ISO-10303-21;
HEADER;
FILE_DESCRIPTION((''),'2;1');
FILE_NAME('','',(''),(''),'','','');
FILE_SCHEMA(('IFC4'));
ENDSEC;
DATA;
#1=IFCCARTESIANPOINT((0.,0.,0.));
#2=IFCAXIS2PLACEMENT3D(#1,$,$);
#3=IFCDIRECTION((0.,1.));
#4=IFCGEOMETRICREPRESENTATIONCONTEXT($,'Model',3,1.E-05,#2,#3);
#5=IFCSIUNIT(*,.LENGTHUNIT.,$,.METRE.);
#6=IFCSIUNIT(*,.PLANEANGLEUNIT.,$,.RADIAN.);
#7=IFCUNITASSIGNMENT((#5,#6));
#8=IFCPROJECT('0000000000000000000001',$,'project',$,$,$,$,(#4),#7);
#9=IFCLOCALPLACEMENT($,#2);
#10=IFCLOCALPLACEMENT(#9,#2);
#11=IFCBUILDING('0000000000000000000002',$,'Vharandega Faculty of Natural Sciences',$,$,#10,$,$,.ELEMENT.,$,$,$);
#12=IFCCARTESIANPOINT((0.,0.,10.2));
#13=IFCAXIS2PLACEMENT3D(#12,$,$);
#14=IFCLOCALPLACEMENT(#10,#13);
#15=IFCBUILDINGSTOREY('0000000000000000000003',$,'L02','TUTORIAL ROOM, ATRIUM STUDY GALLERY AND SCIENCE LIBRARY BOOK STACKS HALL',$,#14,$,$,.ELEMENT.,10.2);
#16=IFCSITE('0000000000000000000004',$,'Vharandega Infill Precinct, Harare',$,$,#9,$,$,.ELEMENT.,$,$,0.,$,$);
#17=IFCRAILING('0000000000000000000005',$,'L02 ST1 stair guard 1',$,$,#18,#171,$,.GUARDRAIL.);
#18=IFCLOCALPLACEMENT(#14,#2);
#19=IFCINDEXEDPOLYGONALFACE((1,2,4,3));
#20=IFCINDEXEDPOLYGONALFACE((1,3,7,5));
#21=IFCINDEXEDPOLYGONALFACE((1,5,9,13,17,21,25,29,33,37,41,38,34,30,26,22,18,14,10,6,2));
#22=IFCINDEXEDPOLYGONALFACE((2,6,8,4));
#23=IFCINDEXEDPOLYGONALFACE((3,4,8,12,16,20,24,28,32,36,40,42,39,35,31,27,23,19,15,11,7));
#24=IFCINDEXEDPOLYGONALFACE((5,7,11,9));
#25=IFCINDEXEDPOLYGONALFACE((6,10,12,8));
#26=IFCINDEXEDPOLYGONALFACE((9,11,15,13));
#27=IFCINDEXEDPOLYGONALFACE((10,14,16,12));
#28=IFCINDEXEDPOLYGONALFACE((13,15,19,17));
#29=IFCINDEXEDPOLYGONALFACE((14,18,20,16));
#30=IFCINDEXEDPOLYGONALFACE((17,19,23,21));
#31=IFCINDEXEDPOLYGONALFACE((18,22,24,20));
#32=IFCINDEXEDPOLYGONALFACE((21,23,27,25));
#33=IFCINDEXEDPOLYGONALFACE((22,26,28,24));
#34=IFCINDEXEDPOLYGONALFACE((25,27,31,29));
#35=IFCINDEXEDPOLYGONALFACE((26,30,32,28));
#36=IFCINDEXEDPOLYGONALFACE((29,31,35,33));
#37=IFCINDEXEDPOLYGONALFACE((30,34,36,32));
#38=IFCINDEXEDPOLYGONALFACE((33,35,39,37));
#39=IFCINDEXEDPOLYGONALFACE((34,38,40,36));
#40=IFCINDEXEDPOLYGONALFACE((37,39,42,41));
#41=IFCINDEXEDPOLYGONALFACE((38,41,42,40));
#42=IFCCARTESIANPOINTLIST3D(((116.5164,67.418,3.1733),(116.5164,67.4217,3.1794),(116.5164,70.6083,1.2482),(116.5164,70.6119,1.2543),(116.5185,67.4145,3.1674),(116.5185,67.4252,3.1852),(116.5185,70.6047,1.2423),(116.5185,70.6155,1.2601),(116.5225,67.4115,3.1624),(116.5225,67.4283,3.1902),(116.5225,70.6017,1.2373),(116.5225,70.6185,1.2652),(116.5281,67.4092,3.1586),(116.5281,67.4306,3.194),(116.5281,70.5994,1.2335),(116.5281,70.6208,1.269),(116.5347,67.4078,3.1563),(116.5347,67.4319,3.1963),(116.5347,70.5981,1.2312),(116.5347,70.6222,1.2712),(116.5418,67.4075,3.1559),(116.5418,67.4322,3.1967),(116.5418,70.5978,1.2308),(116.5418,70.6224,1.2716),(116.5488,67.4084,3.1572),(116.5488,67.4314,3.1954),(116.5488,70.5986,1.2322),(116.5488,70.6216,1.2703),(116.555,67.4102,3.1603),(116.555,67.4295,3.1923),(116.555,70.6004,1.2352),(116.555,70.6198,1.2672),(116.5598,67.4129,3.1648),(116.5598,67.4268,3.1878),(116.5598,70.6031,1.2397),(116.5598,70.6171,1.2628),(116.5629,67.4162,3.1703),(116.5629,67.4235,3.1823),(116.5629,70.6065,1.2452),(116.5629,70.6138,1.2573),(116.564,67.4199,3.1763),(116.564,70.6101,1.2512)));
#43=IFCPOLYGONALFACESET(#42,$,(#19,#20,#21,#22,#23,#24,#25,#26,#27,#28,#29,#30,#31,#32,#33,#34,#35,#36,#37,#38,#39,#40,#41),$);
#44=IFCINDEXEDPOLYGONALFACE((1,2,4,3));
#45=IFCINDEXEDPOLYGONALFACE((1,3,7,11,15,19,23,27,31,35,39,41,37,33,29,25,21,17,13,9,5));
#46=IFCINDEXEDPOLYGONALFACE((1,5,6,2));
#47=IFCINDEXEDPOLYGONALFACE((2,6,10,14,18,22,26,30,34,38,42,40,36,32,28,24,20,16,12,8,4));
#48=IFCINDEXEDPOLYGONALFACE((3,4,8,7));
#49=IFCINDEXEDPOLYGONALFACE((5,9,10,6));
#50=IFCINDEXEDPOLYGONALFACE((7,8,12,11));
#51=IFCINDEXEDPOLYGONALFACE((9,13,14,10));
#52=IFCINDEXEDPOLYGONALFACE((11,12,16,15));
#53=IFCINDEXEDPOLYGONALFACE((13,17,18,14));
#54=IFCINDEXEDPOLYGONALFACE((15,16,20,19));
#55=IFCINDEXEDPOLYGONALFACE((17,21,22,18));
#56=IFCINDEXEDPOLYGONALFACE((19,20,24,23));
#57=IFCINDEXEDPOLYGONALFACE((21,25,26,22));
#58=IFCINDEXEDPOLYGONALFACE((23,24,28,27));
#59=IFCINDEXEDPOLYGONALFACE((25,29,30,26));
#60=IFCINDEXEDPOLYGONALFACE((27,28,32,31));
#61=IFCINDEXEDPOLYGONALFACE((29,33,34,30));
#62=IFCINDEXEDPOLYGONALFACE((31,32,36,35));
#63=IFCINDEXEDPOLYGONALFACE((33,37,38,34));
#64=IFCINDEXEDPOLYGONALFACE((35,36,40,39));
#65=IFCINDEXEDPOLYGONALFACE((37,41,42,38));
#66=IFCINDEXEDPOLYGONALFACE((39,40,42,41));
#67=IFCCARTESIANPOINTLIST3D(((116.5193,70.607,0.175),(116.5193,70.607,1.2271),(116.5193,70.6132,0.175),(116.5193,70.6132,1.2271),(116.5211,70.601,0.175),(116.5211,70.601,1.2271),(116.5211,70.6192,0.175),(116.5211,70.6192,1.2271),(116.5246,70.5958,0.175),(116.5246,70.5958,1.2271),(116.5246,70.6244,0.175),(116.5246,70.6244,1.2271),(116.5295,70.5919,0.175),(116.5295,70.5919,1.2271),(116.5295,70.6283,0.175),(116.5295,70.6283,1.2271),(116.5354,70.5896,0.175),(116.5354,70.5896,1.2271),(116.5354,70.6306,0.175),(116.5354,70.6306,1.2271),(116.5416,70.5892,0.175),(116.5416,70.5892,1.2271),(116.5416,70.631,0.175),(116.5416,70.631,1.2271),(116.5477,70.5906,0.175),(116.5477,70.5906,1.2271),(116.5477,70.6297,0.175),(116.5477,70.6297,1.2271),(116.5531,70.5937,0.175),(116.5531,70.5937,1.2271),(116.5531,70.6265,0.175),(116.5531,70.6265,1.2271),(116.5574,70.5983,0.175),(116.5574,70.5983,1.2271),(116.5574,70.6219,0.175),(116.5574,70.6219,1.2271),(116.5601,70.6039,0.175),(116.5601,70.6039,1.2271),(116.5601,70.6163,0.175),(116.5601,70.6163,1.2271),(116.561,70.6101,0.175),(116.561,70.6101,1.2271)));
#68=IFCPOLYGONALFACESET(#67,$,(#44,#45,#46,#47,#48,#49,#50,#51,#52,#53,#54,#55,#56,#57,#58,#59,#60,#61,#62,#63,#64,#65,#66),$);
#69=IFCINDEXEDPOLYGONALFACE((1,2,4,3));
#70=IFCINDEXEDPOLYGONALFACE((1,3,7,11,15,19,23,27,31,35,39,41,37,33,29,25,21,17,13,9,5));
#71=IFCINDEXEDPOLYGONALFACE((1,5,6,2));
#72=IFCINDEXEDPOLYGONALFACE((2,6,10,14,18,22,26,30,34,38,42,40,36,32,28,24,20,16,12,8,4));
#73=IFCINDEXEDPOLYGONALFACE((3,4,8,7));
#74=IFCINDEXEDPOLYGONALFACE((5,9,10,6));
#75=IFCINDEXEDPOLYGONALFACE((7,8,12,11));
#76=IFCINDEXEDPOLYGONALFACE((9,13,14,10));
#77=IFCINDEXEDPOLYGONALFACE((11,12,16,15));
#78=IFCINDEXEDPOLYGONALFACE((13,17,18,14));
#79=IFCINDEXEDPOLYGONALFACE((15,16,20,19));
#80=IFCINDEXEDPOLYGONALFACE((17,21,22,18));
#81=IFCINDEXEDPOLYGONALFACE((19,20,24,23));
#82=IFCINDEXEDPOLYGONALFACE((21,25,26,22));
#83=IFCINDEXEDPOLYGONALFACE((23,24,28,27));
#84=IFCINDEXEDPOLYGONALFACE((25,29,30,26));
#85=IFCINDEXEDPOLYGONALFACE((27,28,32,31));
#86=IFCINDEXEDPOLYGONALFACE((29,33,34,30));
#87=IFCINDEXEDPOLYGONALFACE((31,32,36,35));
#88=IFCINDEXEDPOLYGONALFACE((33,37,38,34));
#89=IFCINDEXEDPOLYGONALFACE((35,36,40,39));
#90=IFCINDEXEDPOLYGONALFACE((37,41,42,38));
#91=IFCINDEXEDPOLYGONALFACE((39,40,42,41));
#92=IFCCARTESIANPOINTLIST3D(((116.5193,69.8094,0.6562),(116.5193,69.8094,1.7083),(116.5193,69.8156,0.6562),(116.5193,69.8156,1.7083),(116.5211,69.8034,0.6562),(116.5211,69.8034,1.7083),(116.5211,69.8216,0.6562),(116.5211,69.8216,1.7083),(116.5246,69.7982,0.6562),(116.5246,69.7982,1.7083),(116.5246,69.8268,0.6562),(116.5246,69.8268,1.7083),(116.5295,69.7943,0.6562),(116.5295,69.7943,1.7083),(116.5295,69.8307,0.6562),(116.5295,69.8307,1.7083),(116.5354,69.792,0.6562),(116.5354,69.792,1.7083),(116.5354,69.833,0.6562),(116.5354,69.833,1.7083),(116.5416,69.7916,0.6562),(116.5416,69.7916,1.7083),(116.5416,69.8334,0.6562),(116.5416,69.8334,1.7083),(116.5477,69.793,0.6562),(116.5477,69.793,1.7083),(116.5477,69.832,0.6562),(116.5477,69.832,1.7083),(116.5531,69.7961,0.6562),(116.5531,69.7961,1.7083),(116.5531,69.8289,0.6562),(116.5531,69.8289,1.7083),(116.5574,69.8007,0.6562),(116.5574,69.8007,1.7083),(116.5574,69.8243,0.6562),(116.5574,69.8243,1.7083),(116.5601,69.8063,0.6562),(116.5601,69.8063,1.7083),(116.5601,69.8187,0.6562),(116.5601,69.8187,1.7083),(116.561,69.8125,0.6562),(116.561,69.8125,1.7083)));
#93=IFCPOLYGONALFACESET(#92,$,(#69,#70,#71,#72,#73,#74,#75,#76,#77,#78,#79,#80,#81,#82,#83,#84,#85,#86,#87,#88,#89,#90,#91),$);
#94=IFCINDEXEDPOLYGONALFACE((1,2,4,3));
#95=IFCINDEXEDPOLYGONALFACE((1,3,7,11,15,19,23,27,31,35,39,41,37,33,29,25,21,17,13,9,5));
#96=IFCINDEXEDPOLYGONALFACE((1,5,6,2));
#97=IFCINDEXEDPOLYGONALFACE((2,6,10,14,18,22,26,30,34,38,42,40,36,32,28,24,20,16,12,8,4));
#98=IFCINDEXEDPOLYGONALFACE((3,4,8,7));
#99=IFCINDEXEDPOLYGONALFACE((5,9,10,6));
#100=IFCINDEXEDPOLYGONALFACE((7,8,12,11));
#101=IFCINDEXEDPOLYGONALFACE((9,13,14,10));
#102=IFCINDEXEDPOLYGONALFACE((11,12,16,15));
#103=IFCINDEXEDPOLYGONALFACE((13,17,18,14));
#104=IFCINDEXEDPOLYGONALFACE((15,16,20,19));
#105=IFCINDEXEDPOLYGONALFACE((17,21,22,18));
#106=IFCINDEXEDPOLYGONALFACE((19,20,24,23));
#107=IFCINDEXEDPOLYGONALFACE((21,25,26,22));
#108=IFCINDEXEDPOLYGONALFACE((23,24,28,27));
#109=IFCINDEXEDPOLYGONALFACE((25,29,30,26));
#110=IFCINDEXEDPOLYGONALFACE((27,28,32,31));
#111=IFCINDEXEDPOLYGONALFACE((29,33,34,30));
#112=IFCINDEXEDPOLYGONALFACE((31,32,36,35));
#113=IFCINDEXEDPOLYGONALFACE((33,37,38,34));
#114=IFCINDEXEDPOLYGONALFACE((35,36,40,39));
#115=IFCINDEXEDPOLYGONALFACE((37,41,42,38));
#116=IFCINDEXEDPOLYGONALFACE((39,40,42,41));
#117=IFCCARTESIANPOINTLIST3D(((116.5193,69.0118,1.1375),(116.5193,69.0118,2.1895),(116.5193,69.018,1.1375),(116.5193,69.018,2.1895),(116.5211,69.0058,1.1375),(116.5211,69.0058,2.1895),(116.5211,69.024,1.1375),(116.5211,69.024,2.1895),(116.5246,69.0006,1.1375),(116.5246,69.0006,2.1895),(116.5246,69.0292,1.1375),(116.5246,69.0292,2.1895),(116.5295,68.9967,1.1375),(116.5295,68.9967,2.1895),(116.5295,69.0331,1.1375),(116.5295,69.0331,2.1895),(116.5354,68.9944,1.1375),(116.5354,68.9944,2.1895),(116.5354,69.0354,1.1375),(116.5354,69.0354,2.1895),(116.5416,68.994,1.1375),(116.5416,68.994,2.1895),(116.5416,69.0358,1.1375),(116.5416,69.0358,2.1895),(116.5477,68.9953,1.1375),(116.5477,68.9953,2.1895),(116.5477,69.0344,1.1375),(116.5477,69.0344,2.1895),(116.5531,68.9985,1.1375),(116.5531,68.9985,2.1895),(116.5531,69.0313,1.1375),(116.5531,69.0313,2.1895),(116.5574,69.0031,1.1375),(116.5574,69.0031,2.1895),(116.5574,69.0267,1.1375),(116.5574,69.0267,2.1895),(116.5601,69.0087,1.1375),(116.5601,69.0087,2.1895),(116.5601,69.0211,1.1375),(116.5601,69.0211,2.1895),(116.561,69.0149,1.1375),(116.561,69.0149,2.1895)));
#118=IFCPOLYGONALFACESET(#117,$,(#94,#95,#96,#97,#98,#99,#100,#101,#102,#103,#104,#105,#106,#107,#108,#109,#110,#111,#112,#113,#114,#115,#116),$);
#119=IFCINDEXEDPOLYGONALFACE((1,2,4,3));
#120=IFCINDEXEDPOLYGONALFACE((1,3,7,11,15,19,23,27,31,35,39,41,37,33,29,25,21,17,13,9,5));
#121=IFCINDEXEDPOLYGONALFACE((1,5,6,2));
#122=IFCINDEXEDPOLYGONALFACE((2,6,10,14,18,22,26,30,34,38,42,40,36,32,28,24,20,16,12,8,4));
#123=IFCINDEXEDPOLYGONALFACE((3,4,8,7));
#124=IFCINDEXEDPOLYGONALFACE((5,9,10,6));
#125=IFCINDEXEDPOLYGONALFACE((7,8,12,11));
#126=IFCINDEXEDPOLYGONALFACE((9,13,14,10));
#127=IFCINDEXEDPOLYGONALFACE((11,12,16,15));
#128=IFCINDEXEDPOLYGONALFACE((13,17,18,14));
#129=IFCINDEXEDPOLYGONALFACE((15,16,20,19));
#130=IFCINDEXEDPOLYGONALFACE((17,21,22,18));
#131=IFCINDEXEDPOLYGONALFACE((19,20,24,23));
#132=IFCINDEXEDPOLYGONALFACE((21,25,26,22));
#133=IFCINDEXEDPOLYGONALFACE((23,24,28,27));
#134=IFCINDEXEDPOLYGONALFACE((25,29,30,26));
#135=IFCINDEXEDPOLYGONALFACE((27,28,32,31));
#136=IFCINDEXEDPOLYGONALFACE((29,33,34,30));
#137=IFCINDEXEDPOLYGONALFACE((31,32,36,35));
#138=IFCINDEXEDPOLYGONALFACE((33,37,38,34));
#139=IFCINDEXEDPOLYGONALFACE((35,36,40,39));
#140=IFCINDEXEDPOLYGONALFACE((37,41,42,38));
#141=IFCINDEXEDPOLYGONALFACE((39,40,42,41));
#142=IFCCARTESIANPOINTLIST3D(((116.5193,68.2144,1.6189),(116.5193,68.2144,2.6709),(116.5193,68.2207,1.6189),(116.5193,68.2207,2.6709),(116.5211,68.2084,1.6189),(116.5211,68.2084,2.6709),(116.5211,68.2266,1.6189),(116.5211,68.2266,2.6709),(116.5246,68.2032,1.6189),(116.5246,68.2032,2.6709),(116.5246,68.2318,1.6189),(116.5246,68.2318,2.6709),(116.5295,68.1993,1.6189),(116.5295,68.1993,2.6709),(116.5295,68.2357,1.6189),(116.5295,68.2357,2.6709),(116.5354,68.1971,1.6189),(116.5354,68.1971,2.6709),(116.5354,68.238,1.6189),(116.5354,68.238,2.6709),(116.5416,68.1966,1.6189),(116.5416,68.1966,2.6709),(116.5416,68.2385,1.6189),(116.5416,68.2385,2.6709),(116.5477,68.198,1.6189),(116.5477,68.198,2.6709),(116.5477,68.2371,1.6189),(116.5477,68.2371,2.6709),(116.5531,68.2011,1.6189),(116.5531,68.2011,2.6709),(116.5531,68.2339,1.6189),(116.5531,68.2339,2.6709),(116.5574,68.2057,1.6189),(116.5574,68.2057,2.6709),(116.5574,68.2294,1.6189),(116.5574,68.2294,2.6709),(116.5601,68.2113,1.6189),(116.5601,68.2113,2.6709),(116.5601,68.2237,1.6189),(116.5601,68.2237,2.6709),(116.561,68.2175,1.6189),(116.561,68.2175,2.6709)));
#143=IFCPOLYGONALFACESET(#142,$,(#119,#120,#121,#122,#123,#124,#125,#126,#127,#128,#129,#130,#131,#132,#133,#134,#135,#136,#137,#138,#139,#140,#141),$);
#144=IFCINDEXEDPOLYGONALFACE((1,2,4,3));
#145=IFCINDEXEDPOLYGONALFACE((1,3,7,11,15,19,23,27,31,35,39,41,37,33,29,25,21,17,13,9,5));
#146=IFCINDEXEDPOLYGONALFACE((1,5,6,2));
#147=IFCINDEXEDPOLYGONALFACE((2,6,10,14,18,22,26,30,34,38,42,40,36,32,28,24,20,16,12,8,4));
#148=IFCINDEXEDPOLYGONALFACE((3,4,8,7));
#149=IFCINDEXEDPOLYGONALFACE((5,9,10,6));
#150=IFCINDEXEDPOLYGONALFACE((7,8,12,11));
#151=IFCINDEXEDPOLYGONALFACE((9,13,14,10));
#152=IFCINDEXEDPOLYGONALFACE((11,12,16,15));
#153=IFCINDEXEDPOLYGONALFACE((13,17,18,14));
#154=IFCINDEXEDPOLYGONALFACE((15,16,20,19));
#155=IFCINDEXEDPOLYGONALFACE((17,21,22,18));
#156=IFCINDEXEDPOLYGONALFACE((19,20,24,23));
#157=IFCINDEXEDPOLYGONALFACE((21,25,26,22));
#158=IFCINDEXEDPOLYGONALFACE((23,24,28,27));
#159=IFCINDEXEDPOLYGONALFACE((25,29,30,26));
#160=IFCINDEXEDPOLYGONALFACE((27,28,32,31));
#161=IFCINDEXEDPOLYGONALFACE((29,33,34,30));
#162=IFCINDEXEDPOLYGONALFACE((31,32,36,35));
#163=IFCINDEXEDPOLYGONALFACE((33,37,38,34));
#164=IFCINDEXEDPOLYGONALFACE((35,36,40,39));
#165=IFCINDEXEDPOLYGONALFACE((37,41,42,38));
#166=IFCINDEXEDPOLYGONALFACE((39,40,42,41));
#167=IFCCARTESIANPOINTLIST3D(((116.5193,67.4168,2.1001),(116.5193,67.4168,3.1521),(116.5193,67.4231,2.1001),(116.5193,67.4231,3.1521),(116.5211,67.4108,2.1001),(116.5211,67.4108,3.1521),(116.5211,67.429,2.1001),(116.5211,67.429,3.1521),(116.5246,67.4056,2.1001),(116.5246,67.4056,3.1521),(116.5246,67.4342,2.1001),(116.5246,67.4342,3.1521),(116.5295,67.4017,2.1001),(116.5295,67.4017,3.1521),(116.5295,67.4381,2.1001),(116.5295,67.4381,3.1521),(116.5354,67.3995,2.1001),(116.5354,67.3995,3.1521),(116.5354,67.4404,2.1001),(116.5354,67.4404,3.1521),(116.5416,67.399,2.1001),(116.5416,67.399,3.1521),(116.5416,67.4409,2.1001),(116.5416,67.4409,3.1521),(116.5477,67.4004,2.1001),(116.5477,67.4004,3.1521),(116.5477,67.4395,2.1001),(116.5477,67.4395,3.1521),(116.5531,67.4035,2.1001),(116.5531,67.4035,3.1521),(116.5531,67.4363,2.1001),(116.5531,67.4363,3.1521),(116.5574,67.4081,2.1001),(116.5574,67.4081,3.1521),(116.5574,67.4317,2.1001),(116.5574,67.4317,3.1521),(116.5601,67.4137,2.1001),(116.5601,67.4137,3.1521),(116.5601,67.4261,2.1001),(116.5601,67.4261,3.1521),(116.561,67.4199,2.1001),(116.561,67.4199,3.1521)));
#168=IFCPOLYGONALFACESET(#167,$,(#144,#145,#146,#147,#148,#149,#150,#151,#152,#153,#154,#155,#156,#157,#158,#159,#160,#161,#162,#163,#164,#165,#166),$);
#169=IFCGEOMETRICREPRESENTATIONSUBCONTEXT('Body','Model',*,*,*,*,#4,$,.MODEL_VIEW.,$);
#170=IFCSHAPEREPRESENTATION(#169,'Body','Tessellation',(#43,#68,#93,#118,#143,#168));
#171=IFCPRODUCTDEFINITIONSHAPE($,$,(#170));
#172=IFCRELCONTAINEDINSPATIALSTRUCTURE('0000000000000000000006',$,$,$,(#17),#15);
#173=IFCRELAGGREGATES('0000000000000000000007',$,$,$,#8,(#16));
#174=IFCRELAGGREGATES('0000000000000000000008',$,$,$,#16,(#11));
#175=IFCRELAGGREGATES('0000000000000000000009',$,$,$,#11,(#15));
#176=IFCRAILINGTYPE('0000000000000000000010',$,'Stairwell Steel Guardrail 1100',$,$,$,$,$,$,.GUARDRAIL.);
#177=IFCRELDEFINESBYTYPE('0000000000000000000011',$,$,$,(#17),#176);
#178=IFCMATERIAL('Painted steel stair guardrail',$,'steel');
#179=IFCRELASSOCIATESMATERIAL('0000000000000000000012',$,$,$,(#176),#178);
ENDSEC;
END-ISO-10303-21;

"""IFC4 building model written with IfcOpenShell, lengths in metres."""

from ifc_helpers import new_model, si_unit, direction, frame, origin, origin_2d, place, context, subcontext, project, spatial, circle, extrude, material, type_object, element, save


model = new_model("IFC4")

# Units and contexts
model_context = context("Model", 3, precision=1e-05, world=origin(), true_north=direction((0.0, 1.0)))
body_context = subcontext(model_context, "Body", "Model", "MODEL_VIEW")
ifc_project = project(units=[si_unit("LENGTHUNIT", "METRE"), si_unit("PLANEANGLEUNIT", "RADIAN")], contexts=[model_context])

# Site, building, storey
site_placement = place(None, origin())
site = spatial("IfcSite", under=ifc_project, at=site_placement, Name="Vharandega Infill Precinct, Harare", CompositionType="ELEMENT", RefElevation=0.0)
building_placement = place(site_placement, origin())
building = spatial("IfcBuilding", under=site, at=building_placement, Name="Vharandega Faculty of Natural Sciences", CompositionType="ELEMENT")
storey_placement = place(building_placement, frame((0.0, 0.0, 10.2)))
storey = spatial("IfcBuildingStorey", under=building, at=storey_placement, Name="L02", Description="TUTORIAL ROOM, ATRIUM STUDY GALLERY AND SCIENCE LIBRARY BOOK STACKS HALL", CompositionType="ELEMENT", Elevation=10.2)

# Railing
ifc_material_1 = material(Name="Painted steel stair guardrail", Category="steel")
railing_type_1 = type_object("IfcRailingType", Name="Stairwell Steel Guardrail 1100", PredefinedType="GUARDRAIL", material=ifc_material_1)
railing_1_placement = place(storey_placement, frame((116.54, 70.6101, 0.175)))
element("IfcRailing", 1, at=railing_1_placement, inside=storey, type_object=railing_type_1, Name="L02 ST1 stair guard 1", PredefinedType="GUARDRAIL", context=body_context, shape_type="SweptSolid", body=[
    extrude(circle(Radius=0.0239, at=origin_2d()), frame((0.0, 0.0, 1.0762), z_axis=(0.0, -0.856195, 0.516653), x_axis=(1.0, 0.0, 0.0)), (0.0, 0.0, 1.0), 3.7261),
    extrude(circle(Radius=0.021, at=origin_2d()), origin(), (0.0, 0.0, 1.0), 1.052),
    extrude(circle(Radius=0.021, at=origin_2d()), frame((0.0, -0.7976, 0.4812)), (0.0, 0.0, 1.0), 1.052),
    extrude(circle(Radius=0.021, at=origin_2d()), frame((0.0, -1.5952, 0.9624)), (0.0, 0.0, 1.0), 1.052),
    extrude(circle(Radius=0.021, at=origin_2d()), frame((0.0, -2.3926, 1.4438)), (0.0, 0.0, 1.0), 1.052),
    extrude(circle(Radius=0.021, at=origin_2d()), frame((0.0, -3.1902, 1.925)), (0.0, 0.0, 1.0), 1.052),
])

save(model, "model.ifc")
